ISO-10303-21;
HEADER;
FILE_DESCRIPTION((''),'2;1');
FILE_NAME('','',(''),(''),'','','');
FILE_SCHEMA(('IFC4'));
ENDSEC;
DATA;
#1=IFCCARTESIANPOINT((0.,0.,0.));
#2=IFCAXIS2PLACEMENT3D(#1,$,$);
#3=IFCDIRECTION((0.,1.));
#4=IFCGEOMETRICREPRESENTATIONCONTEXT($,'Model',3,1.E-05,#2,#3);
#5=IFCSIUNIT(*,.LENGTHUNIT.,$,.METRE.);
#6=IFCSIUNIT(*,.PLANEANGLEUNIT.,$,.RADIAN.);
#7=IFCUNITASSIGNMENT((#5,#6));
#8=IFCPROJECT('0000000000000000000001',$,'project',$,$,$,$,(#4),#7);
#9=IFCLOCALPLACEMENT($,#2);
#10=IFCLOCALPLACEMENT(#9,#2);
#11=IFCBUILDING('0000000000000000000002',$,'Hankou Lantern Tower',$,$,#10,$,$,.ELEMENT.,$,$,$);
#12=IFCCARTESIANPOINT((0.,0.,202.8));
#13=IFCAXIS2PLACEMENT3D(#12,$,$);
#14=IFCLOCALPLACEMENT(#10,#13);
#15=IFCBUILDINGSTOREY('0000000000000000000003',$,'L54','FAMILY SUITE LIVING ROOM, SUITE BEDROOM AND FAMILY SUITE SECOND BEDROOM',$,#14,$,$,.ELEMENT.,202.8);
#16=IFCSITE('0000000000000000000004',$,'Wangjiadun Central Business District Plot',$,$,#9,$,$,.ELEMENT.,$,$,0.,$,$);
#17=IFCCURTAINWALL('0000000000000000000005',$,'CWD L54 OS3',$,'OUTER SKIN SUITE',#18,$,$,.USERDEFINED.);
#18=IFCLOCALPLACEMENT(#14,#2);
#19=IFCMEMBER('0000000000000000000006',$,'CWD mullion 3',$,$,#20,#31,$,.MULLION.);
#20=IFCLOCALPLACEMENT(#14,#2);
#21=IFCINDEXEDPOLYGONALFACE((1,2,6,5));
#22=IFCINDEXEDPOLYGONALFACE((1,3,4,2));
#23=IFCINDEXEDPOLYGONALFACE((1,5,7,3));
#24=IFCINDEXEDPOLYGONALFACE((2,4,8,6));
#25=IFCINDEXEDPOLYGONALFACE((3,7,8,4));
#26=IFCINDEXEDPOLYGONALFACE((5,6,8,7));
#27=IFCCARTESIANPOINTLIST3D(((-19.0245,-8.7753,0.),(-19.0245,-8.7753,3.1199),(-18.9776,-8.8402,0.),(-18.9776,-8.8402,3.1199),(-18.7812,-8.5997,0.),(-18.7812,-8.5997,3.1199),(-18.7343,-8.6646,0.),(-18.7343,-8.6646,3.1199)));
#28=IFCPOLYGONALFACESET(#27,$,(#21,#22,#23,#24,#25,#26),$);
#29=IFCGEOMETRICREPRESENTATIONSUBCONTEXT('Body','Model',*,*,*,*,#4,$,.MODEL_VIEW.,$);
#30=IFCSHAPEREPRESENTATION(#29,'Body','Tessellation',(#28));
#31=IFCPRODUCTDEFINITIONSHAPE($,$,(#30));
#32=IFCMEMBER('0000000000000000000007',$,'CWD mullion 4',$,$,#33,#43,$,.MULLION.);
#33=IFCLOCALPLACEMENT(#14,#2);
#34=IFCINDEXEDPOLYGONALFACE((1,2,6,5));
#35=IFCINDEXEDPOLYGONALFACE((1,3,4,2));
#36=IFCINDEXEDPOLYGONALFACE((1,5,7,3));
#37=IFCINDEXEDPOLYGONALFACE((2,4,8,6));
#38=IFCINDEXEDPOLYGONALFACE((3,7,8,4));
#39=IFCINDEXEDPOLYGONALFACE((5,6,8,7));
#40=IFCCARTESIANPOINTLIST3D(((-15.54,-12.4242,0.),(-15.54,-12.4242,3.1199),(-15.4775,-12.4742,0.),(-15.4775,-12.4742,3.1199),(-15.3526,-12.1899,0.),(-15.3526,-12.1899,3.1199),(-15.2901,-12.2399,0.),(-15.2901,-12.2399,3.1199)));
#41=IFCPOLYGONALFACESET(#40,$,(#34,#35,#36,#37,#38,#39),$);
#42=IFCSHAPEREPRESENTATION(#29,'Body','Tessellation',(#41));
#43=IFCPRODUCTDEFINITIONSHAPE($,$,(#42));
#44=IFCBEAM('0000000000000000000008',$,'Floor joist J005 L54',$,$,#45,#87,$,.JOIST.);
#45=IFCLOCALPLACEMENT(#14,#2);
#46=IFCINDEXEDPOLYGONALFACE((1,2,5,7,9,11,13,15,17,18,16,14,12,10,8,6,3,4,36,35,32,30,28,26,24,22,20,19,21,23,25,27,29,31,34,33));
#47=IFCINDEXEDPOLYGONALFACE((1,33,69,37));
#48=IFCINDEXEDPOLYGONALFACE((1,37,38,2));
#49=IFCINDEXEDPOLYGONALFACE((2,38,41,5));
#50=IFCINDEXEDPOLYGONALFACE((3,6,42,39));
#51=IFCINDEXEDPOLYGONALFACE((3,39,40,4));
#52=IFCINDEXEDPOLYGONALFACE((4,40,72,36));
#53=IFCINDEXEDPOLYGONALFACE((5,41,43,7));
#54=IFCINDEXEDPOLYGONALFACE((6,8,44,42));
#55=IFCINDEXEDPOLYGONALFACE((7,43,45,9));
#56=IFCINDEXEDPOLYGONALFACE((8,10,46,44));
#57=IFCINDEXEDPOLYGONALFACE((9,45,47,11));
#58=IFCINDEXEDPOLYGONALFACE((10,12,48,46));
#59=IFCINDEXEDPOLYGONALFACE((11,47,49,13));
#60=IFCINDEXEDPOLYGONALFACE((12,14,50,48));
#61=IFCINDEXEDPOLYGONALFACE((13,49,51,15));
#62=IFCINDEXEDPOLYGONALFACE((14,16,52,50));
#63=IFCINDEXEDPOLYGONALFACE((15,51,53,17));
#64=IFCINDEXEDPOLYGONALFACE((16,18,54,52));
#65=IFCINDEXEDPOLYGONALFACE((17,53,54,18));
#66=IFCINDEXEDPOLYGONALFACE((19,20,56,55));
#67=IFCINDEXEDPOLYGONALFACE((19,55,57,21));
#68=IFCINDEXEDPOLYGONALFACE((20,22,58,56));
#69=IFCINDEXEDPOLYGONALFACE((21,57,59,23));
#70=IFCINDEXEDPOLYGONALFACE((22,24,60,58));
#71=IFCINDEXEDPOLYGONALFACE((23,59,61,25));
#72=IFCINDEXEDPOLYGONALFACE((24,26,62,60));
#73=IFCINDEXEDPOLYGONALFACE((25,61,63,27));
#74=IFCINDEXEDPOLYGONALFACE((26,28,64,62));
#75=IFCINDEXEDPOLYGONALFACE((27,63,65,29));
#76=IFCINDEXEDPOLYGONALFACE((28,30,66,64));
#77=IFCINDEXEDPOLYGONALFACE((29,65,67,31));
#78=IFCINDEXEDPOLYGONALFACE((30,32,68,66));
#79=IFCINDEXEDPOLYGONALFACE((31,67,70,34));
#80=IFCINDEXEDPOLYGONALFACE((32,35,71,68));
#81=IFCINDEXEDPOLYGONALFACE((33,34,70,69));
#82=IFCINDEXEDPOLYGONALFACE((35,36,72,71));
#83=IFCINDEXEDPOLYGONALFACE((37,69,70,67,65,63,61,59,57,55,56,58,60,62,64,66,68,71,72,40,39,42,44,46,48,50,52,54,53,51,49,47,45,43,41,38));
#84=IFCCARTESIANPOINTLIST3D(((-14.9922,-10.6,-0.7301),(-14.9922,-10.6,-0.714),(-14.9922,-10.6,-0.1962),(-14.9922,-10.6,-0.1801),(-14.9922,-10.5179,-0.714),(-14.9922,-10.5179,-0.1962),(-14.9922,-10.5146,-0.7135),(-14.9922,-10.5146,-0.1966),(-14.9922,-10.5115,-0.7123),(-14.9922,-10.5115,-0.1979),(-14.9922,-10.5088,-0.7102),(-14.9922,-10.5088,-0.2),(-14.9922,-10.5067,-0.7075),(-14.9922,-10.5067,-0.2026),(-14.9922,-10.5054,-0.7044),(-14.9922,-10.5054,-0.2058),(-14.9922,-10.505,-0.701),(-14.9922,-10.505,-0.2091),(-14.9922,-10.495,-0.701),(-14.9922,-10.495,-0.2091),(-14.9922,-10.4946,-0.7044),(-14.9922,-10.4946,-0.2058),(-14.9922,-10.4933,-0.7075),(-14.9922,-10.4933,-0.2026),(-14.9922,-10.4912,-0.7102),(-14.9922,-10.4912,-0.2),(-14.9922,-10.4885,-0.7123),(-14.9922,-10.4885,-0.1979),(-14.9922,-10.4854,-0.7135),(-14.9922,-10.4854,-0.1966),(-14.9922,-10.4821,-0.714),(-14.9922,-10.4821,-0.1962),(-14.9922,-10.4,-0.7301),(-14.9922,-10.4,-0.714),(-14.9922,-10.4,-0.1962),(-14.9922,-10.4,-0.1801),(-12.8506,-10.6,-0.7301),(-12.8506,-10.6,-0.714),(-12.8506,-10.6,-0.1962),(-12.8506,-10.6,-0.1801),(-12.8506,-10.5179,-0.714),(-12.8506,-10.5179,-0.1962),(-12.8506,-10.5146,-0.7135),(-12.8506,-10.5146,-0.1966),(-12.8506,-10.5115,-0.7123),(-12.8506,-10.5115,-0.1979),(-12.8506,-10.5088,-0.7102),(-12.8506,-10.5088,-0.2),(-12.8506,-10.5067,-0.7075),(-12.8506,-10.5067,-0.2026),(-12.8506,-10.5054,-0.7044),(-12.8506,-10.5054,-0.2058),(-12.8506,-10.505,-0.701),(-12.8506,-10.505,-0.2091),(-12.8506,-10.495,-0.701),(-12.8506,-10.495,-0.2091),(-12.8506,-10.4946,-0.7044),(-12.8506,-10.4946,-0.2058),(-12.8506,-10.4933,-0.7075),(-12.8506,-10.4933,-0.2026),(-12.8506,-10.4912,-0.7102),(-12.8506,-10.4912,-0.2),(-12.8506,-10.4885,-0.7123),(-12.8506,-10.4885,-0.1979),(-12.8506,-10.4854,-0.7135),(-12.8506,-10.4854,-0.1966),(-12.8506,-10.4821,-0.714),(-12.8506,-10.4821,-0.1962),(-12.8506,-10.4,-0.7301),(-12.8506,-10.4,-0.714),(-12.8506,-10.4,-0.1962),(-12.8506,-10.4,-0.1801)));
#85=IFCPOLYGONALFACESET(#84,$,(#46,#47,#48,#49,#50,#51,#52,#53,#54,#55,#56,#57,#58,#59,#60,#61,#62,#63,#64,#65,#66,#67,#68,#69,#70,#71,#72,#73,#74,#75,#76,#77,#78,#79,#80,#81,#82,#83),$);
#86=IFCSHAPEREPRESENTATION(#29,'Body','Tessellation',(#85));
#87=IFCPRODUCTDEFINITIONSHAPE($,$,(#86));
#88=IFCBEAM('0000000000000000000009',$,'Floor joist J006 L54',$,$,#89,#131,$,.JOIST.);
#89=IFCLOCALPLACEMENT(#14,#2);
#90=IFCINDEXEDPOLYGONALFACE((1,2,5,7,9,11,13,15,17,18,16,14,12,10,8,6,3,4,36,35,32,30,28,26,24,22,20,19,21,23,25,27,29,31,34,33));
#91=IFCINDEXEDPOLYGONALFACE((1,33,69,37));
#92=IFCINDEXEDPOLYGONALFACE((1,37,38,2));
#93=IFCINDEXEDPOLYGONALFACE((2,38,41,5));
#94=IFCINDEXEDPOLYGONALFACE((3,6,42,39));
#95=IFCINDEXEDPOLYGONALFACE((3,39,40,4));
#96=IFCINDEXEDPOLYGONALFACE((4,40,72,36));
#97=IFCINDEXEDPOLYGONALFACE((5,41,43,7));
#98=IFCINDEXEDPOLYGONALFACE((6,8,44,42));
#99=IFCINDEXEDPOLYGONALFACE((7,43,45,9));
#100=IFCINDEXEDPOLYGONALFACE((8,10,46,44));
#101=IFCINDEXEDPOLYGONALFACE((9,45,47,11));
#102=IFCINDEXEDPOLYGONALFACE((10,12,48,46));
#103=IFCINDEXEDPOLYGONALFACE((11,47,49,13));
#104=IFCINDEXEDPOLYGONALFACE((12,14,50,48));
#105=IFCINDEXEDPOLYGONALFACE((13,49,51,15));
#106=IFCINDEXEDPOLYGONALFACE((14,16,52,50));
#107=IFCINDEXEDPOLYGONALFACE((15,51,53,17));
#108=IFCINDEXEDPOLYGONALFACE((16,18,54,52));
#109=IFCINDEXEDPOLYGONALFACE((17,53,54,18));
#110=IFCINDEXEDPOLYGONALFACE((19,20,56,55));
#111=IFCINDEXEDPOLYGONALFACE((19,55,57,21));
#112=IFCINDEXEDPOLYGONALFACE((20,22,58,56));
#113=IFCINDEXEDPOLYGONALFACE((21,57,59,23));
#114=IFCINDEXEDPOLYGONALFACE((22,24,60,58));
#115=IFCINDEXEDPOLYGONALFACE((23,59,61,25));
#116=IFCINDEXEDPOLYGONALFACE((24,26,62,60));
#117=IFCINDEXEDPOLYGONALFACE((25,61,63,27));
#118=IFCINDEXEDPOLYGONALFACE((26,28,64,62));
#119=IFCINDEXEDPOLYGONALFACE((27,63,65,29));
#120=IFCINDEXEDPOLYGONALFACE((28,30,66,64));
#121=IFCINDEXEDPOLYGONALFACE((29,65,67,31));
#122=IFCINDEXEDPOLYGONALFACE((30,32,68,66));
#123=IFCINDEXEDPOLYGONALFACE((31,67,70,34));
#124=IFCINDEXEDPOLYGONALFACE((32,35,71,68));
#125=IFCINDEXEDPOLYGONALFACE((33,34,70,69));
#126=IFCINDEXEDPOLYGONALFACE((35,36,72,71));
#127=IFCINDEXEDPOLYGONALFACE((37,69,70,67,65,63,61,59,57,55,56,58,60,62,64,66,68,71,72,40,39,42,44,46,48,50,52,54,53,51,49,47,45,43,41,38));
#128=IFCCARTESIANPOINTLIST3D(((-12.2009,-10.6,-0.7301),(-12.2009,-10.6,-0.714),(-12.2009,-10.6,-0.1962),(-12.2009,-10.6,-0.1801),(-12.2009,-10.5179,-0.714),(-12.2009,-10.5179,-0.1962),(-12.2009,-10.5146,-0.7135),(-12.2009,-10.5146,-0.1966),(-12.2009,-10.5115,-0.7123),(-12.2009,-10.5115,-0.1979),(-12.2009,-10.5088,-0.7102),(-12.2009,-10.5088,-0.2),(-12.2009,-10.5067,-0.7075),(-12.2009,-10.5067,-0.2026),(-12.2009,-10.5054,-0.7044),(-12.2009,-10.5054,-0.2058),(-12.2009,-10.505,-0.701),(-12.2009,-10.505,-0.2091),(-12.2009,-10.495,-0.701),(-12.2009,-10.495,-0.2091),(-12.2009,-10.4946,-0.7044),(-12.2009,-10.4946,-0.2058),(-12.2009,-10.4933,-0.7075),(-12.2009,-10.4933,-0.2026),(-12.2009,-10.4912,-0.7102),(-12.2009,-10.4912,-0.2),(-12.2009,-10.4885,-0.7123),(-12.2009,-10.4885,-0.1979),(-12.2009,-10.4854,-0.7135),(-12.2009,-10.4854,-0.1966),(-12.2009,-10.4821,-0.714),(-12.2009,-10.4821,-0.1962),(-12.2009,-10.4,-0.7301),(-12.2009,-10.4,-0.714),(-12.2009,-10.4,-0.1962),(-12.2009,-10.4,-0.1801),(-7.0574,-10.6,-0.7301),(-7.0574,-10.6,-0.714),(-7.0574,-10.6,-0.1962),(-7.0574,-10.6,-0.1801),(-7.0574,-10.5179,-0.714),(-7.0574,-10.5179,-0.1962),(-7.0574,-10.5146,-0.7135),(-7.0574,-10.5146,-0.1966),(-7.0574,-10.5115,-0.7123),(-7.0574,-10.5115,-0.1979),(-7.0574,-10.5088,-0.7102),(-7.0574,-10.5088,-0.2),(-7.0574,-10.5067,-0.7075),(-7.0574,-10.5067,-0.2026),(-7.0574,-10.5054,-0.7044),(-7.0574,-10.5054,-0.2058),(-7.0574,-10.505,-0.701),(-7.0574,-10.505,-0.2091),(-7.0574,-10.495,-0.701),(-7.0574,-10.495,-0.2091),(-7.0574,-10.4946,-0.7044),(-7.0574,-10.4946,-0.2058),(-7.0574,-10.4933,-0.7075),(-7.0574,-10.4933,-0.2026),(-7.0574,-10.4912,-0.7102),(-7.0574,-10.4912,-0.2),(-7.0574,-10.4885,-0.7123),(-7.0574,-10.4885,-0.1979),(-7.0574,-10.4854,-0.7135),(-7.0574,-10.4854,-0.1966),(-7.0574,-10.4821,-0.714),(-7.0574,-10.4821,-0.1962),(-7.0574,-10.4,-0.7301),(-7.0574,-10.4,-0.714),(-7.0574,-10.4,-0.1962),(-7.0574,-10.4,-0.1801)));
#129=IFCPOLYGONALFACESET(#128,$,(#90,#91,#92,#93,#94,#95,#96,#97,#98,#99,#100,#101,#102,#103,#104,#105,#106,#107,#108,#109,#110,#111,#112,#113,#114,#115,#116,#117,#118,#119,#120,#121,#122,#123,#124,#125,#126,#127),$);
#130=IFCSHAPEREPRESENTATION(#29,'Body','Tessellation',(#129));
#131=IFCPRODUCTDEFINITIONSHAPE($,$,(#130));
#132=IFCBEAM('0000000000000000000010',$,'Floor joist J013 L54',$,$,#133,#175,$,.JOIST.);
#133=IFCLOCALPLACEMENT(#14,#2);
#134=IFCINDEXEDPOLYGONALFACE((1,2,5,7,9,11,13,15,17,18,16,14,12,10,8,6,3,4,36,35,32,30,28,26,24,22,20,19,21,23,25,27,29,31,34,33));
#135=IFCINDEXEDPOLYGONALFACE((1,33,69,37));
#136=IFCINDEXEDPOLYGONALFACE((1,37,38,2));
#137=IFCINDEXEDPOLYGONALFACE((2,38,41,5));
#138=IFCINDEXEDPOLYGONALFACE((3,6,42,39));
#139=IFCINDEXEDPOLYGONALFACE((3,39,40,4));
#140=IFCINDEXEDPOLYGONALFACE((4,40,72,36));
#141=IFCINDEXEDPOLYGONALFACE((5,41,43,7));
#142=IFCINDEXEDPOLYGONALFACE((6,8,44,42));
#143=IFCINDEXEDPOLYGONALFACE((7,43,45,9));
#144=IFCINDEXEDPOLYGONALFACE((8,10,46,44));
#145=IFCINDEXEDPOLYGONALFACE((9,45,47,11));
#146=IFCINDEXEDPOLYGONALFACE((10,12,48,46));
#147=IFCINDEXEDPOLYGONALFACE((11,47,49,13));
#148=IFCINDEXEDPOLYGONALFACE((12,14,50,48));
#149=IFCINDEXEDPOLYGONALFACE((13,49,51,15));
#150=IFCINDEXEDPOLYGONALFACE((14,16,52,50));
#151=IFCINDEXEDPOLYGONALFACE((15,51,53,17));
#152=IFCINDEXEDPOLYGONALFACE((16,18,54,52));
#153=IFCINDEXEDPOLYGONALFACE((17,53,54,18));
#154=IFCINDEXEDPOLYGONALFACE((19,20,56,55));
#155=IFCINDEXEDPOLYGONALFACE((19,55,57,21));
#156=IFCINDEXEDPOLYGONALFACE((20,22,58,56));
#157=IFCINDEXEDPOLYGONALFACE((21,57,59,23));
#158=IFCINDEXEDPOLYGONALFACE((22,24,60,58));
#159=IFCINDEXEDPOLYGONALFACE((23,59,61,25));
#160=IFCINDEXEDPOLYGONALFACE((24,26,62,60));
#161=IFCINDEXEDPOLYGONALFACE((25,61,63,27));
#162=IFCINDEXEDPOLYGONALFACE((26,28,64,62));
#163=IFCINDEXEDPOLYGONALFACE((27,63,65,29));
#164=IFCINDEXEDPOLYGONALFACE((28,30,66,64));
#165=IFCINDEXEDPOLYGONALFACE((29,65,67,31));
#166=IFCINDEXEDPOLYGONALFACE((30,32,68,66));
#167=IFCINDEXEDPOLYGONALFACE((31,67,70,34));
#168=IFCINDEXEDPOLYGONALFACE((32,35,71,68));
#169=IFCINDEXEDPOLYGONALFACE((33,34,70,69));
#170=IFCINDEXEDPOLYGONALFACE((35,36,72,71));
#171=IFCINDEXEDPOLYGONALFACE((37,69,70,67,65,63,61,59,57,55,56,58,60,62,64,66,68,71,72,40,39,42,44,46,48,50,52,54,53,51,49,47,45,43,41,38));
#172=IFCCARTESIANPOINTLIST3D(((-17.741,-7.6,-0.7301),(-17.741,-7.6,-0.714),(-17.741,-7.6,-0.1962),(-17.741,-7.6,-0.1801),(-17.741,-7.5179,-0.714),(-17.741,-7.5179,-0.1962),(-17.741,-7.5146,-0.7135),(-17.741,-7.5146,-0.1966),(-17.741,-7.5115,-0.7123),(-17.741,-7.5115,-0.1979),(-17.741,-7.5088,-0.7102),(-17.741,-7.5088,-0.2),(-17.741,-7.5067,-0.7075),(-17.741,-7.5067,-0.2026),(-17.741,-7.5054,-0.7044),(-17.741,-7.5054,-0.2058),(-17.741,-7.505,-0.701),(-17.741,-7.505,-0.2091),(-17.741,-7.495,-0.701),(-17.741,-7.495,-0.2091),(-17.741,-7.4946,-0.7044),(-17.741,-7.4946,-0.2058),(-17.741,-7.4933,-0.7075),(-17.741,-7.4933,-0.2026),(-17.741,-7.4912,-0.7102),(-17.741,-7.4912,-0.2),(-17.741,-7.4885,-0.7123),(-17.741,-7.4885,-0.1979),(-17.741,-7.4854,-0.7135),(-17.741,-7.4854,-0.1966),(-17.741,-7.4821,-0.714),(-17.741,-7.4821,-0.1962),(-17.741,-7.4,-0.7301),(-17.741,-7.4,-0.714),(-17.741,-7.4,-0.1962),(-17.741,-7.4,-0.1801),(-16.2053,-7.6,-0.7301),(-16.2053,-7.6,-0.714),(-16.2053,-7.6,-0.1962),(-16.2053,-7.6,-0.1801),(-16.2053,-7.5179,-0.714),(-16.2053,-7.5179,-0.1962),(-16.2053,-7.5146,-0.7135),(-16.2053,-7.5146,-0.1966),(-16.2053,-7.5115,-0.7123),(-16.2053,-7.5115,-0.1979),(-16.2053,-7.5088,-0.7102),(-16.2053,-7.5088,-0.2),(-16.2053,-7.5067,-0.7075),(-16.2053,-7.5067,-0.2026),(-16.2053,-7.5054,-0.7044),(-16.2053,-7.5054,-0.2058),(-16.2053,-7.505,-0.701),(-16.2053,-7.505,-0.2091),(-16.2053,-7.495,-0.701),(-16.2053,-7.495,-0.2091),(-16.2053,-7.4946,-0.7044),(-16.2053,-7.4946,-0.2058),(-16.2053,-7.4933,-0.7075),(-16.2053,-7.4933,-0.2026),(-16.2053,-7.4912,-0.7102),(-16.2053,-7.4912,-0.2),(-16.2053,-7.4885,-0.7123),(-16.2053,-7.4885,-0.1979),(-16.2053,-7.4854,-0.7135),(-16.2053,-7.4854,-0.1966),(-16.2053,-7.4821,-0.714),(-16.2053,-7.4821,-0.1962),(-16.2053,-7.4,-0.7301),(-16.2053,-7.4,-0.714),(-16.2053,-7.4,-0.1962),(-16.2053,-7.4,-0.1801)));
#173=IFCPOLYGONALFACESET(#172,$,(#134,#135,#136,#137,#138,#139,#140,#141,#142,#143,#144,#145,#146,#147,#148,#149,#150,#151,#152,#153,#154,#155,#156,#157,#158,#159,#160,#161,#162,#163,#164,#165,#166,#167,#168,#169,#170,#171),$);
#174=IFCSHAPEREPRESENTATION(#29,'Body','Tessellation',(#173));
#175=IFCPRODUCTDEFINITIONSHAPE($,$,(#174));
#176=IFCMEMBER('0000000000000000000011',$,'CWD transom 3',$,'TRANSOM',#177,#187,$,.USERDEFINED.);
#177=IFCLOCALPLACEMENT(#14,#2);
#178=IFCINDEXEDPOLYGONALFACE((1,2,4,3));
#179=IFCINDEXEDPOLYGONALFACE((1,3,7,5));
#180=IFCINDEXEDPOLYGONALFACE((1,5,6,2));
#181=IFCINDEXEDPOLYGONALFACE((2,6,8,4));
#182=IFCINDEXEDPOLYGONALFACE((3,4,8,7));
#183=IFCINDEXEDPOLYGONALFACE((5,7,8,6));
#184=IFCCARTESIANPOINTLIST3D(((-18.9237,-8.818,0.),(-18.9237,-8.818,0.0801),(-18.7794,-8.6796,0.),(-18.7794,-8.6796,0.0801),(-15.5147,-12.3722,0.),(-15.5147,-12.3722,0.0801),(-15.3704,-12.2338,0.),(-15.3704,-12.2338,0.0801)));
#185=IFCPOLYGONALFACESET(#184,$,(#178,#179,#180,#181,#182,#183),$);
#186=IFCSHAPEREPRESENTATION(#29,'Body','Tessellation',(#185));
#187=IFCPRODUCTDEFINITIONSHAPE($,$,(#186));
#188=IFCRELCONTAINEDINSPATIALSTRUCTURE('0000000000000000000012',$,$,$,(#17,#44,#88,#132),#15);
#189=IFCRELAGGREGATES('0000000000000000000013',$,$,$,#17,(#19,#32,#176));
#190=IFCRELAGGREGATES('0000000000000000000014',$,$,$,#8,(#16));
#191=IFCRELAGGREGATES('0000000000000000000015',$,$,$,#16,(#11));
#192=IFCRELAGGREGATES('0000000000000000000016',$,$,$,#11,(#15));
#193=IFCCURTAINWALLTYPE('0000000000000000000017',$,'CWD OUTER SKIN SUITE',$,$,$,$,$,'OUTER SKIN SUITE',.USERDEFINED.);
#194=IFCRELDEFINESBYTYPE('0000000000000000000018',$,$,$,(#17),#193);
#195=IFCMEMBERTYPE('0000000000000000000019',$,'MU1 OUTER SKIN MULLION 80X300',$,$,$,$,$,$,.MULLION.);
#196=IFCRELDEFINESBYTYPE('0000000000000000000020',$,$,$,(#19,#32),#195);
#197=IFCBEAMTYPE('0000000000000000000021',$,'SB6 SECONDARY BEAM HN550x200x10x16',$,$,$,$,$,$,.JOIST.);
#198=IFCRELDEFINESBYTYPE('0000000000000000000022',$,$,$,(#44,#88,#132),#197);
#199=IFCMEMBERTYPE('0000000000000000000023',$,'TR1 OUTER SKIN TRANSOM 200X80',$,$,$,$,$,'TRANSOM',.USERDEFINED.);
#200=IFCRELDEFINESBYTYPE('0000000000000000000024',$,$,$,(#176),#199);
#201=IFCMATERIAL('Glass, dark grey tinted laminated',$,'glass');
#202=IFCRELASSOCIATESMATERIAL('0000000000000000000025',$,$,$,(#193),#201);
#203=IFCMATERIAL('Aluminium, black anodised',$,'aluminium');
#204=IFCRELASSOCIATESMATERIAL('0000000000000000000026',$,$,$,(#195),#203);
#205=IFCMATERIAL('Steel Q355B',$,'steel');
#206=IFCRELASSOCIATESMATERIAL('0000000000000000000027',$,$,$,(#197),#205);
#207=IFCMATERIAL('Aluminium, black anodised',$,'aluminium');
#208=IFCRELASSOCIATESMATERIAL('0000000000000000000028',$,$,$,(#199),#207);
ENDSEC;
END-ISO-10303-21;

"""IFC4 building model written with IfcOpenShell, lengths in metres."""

from ifc_helpers import new_model, si_unit, direction, frame, origin, origin_2d, place, context, subcontext, project, spatial, rectangle, i_section, extrude, material, material_profile, profile_set, type_object, element, aggregate, save


model = new_model("IFC4")

# Units and contexts
model_context = context("Model", 3, precision=1e-05, world=origin(), true_north=direction((0.0, 1.0)))
body_context = subcontext(model_context, "Body", "Model", "MODEL_VIEW")
ifc_project = project(units=[si_unit("LENGTHUNIT", "METRE"), si_unit("PLANEANGLEUNIT", "RADIAN")], contexts=[model_context])

# Site, building, storey
site_placement = place(None, origin())
site = spatial("IfcSite", under=ifc_project, at=site_placement, Name="Wangjiadun Central Business District Plot", CompositionType="ELEMENT", RefElevation=0.0)
building_placement = place(site_placement, origin())
building = spatial("IfcBuilding", under=site, at=building_placement, Name="Hankou Lantern Tower", CompositionType="ELEMENT")
storey_placement = place(building_placement, frame((0.0, 0.0, 202.8)))
storey = spatial("IfcBuildingStorey", under=building, at=storey_placement, Name="L54", Description="FAMILY SUITE LIVING ROOM, SUITE BEDROOM AND FAMILY SUITE SECOND BEDROOM", CompositionType="ELEMENT", Elevation=202.8)

# Curtain wall, members
ifc_material_1 = material(Name="Glass, dark grey tinted laminated", Category="glass")
curtain_wall_type = type_object("IfcCurtainWallType", Name="CWD OUTER SKIN SUITE", ElementType="OUTER SKIN SUITE", PredefinedType="USERDEFINED", material=ifc_material_1)
curtain_wall_placement = place(storey_placement, origin())
curtain_wall = element("IfcCurtainWall", 1, at=curtain_wall_placement, inside=storey, type_object=curtain_wall_type, Name="CWD L54 OS3", ObjectType="OUTER SKIN SUITE", PredefinedType="USERDEFINED")
ifc_material_2 = material(Name="Aluminium, black anodised", Category="aluminium")
ifc_material_profile_1 = material_profile(ifc_material_2, rectangle(XDim=0.0801, YDim=0.3, at=origin_2d()), Name="MU1 80X300")
ifc_profile_set_1 = profile_set([ifc_material_profile_1], Name="Aluminium, black anodised")
member_type_1 = type_object("IfcMemberType", Name="MU1 OUTER SKIN MULLION 80X300", PredefinedType="MULLION", material=ifc_profile_set_1)
member_1_placement = place(storey_placement, frame((-18.8794, -8.72, 0.0), z_axis=(0.0, 0.0, 1.0), x_axis=(0.585206, -0.810885, 0.0)))
member_1 = element("IfcMember", 2, at=member_1_placement, type_object=member_type_1, Name="CWD mullion 3", PredefinedType="MULLION", context=body_context, shape_type="SweptSolid", body=[
    extrude(rectangle(XDim=0.0801, YDim=0.3, at=origin_2d()), origin(), (0.0, 0.0, 1.0), 3.1199),
])
member_2_placement = place(storey_placement, frame((-15.415, -12.332, 0.0), z_axis=(0.0, 0.0, 1.0), x_axis=(0.780869, -0.624695, 0.0)))
member_2 = element("IfcMember", 3, at=member_2_placement, type_object=member_type_1, Name="CWD mullion 4", PredefinedType="MULLION", context=body_context, shape_type="SweptSolid", body=[
    extrude(rectangle(XDim=0.0801, YDim=0.3, at=origin_2d()), origin(), (0.0, 0.0, 1.0), 3.1199),
])

# Beams
ifc_material_3 = material(Name="Steel Q355B", Category="steel")
ifc_material_profile_2 = material_profile(ifc_material_3, i_section(OverallWidth=0.2, OverallDepth=0.55, WebThickness=0.01, FlangeThickness=0.0161, FilletRadius=0.0129, at=origin_2d()), Name="HN550x200x10x16")
ifc_profile_set_2 = profile_set([ifc_material_profile_2], Name="Steel Q355B")
beam_type_1 = type_object("IfcBeamType", Name="SB6 SECONDARY BEAM HN550x200x10x16", PredefinedType="JOIST", material=ifc_profile_set_2)
beam_1_placement = place(storey_placement, frame((-14.9922, -10.5, -0.4551), z_axis=(1.0, 0.0, 0.0), x_axis=(0.0, 1.0, 0.0)))
element("IfcBeam", 4, at=beam_1_placement, inside=storey, type_object=beam_type_1, Name="Floor joist J005 L54", PredefinedType="JOIST", context=body_context, shape_type="SweptSolid", body=[
    extrude(i_section(OverallWidth=0.2, OverallDepth=0.55, WebThickness=0.01, FlangeThickness=0.0161, FilletRadius=0.0129, at=origin_2d()), origin(), (0.0, 0.0, 1.0), 2.1416),
])
beam_2_placement = place(storey_placement, frame((-12.2009, -10.5, -0.4551), z_axis=(1.0, 0.0, 0.0), x_axis=(0.0, 1.0, 0.0)))
element("IfcBeam", 5, at=beam_2_placement, inside=storey, type_object=beam_type_1, Name="Floor joist J006 L54", PredefinedType="JOIST", context=body_context, shape_type="SweptSolid", body=[
    extrude(i_section(OverallWidth=0.2, OverallDepth=0.55, WebThickness=0.01, FlangeThickness=0.0161, FilletRadius=0.0129, at=origin_2d()), origin(), (0.0, 0.0, 1.0), 5.1436),
])
beam_3_placement = place(storey_placement, frame((-17.741, -7.5, -0.4551), z_axis=(1.0, 0.0, 0.0), x_axis=(0.0, 1.0, 0.0)))
element("IfcBeam", 6, at=beam_3_placement, inside=storey, type_object=beam_type_1, Name="Floor joist J013 L54", PredefinedType="JOIST", context=body_context, shape_type="SweptSolid", body=[
    extrude(i_section(OverallWidth=0.2, OverallDepth=0.55, WebThickness=0.01, FlangeThickness=0.0161, FilletRadius=0.0129, at=origin_2d()), origin(), (0.0, 0.0, 1.0), 1.5356),
])

# Member
ifc_material_4 = material(Name="Aluminium, black anodised", Category="aluminium")
ifc_material_profile_3 = material_profile(ifc_material_4, rectangle(XDim=0.2, YDim=0.0801, at=origin_2d()), Name="TR1 200X80")
ifc_profile_set_3 = profile_set([ifc_material_profile_3], Name="Aluminium, black anodised")
member_type_2 = type_object("IfcMemberType", Name="TR1 OUTER SKIN TRANSOM 200X80", ElementType="TRANSOM", PredefinedType="USERDEFINED", material=ifc_profile_set_3)
member_3_placement = place(storey_placement, frame((-18.8516, -8.7488, 0.04), z_axis=(0.692205, -0.721701, 0.0), x_axis=(0.721701, 0.692205, 0.0)))
member_3 = element("IfcMember", 7, at=member_3_placement, type_object=member_type_2, Name="CWD transom 3", ObjectType="TRANSOM", PredefinedType="USERDEFINED", context=body_context, shape_type="SweptSolid", body=[
    extrude(rectangle(XDim=0.2, YDim=0.0801, at=origin_2d()), origin(), (0.0, 0.0, 1.0), 4.9248),
])

aggregate(curtain_wall, [member_1, member_2, member_3])

save(model, "model.ifc")
